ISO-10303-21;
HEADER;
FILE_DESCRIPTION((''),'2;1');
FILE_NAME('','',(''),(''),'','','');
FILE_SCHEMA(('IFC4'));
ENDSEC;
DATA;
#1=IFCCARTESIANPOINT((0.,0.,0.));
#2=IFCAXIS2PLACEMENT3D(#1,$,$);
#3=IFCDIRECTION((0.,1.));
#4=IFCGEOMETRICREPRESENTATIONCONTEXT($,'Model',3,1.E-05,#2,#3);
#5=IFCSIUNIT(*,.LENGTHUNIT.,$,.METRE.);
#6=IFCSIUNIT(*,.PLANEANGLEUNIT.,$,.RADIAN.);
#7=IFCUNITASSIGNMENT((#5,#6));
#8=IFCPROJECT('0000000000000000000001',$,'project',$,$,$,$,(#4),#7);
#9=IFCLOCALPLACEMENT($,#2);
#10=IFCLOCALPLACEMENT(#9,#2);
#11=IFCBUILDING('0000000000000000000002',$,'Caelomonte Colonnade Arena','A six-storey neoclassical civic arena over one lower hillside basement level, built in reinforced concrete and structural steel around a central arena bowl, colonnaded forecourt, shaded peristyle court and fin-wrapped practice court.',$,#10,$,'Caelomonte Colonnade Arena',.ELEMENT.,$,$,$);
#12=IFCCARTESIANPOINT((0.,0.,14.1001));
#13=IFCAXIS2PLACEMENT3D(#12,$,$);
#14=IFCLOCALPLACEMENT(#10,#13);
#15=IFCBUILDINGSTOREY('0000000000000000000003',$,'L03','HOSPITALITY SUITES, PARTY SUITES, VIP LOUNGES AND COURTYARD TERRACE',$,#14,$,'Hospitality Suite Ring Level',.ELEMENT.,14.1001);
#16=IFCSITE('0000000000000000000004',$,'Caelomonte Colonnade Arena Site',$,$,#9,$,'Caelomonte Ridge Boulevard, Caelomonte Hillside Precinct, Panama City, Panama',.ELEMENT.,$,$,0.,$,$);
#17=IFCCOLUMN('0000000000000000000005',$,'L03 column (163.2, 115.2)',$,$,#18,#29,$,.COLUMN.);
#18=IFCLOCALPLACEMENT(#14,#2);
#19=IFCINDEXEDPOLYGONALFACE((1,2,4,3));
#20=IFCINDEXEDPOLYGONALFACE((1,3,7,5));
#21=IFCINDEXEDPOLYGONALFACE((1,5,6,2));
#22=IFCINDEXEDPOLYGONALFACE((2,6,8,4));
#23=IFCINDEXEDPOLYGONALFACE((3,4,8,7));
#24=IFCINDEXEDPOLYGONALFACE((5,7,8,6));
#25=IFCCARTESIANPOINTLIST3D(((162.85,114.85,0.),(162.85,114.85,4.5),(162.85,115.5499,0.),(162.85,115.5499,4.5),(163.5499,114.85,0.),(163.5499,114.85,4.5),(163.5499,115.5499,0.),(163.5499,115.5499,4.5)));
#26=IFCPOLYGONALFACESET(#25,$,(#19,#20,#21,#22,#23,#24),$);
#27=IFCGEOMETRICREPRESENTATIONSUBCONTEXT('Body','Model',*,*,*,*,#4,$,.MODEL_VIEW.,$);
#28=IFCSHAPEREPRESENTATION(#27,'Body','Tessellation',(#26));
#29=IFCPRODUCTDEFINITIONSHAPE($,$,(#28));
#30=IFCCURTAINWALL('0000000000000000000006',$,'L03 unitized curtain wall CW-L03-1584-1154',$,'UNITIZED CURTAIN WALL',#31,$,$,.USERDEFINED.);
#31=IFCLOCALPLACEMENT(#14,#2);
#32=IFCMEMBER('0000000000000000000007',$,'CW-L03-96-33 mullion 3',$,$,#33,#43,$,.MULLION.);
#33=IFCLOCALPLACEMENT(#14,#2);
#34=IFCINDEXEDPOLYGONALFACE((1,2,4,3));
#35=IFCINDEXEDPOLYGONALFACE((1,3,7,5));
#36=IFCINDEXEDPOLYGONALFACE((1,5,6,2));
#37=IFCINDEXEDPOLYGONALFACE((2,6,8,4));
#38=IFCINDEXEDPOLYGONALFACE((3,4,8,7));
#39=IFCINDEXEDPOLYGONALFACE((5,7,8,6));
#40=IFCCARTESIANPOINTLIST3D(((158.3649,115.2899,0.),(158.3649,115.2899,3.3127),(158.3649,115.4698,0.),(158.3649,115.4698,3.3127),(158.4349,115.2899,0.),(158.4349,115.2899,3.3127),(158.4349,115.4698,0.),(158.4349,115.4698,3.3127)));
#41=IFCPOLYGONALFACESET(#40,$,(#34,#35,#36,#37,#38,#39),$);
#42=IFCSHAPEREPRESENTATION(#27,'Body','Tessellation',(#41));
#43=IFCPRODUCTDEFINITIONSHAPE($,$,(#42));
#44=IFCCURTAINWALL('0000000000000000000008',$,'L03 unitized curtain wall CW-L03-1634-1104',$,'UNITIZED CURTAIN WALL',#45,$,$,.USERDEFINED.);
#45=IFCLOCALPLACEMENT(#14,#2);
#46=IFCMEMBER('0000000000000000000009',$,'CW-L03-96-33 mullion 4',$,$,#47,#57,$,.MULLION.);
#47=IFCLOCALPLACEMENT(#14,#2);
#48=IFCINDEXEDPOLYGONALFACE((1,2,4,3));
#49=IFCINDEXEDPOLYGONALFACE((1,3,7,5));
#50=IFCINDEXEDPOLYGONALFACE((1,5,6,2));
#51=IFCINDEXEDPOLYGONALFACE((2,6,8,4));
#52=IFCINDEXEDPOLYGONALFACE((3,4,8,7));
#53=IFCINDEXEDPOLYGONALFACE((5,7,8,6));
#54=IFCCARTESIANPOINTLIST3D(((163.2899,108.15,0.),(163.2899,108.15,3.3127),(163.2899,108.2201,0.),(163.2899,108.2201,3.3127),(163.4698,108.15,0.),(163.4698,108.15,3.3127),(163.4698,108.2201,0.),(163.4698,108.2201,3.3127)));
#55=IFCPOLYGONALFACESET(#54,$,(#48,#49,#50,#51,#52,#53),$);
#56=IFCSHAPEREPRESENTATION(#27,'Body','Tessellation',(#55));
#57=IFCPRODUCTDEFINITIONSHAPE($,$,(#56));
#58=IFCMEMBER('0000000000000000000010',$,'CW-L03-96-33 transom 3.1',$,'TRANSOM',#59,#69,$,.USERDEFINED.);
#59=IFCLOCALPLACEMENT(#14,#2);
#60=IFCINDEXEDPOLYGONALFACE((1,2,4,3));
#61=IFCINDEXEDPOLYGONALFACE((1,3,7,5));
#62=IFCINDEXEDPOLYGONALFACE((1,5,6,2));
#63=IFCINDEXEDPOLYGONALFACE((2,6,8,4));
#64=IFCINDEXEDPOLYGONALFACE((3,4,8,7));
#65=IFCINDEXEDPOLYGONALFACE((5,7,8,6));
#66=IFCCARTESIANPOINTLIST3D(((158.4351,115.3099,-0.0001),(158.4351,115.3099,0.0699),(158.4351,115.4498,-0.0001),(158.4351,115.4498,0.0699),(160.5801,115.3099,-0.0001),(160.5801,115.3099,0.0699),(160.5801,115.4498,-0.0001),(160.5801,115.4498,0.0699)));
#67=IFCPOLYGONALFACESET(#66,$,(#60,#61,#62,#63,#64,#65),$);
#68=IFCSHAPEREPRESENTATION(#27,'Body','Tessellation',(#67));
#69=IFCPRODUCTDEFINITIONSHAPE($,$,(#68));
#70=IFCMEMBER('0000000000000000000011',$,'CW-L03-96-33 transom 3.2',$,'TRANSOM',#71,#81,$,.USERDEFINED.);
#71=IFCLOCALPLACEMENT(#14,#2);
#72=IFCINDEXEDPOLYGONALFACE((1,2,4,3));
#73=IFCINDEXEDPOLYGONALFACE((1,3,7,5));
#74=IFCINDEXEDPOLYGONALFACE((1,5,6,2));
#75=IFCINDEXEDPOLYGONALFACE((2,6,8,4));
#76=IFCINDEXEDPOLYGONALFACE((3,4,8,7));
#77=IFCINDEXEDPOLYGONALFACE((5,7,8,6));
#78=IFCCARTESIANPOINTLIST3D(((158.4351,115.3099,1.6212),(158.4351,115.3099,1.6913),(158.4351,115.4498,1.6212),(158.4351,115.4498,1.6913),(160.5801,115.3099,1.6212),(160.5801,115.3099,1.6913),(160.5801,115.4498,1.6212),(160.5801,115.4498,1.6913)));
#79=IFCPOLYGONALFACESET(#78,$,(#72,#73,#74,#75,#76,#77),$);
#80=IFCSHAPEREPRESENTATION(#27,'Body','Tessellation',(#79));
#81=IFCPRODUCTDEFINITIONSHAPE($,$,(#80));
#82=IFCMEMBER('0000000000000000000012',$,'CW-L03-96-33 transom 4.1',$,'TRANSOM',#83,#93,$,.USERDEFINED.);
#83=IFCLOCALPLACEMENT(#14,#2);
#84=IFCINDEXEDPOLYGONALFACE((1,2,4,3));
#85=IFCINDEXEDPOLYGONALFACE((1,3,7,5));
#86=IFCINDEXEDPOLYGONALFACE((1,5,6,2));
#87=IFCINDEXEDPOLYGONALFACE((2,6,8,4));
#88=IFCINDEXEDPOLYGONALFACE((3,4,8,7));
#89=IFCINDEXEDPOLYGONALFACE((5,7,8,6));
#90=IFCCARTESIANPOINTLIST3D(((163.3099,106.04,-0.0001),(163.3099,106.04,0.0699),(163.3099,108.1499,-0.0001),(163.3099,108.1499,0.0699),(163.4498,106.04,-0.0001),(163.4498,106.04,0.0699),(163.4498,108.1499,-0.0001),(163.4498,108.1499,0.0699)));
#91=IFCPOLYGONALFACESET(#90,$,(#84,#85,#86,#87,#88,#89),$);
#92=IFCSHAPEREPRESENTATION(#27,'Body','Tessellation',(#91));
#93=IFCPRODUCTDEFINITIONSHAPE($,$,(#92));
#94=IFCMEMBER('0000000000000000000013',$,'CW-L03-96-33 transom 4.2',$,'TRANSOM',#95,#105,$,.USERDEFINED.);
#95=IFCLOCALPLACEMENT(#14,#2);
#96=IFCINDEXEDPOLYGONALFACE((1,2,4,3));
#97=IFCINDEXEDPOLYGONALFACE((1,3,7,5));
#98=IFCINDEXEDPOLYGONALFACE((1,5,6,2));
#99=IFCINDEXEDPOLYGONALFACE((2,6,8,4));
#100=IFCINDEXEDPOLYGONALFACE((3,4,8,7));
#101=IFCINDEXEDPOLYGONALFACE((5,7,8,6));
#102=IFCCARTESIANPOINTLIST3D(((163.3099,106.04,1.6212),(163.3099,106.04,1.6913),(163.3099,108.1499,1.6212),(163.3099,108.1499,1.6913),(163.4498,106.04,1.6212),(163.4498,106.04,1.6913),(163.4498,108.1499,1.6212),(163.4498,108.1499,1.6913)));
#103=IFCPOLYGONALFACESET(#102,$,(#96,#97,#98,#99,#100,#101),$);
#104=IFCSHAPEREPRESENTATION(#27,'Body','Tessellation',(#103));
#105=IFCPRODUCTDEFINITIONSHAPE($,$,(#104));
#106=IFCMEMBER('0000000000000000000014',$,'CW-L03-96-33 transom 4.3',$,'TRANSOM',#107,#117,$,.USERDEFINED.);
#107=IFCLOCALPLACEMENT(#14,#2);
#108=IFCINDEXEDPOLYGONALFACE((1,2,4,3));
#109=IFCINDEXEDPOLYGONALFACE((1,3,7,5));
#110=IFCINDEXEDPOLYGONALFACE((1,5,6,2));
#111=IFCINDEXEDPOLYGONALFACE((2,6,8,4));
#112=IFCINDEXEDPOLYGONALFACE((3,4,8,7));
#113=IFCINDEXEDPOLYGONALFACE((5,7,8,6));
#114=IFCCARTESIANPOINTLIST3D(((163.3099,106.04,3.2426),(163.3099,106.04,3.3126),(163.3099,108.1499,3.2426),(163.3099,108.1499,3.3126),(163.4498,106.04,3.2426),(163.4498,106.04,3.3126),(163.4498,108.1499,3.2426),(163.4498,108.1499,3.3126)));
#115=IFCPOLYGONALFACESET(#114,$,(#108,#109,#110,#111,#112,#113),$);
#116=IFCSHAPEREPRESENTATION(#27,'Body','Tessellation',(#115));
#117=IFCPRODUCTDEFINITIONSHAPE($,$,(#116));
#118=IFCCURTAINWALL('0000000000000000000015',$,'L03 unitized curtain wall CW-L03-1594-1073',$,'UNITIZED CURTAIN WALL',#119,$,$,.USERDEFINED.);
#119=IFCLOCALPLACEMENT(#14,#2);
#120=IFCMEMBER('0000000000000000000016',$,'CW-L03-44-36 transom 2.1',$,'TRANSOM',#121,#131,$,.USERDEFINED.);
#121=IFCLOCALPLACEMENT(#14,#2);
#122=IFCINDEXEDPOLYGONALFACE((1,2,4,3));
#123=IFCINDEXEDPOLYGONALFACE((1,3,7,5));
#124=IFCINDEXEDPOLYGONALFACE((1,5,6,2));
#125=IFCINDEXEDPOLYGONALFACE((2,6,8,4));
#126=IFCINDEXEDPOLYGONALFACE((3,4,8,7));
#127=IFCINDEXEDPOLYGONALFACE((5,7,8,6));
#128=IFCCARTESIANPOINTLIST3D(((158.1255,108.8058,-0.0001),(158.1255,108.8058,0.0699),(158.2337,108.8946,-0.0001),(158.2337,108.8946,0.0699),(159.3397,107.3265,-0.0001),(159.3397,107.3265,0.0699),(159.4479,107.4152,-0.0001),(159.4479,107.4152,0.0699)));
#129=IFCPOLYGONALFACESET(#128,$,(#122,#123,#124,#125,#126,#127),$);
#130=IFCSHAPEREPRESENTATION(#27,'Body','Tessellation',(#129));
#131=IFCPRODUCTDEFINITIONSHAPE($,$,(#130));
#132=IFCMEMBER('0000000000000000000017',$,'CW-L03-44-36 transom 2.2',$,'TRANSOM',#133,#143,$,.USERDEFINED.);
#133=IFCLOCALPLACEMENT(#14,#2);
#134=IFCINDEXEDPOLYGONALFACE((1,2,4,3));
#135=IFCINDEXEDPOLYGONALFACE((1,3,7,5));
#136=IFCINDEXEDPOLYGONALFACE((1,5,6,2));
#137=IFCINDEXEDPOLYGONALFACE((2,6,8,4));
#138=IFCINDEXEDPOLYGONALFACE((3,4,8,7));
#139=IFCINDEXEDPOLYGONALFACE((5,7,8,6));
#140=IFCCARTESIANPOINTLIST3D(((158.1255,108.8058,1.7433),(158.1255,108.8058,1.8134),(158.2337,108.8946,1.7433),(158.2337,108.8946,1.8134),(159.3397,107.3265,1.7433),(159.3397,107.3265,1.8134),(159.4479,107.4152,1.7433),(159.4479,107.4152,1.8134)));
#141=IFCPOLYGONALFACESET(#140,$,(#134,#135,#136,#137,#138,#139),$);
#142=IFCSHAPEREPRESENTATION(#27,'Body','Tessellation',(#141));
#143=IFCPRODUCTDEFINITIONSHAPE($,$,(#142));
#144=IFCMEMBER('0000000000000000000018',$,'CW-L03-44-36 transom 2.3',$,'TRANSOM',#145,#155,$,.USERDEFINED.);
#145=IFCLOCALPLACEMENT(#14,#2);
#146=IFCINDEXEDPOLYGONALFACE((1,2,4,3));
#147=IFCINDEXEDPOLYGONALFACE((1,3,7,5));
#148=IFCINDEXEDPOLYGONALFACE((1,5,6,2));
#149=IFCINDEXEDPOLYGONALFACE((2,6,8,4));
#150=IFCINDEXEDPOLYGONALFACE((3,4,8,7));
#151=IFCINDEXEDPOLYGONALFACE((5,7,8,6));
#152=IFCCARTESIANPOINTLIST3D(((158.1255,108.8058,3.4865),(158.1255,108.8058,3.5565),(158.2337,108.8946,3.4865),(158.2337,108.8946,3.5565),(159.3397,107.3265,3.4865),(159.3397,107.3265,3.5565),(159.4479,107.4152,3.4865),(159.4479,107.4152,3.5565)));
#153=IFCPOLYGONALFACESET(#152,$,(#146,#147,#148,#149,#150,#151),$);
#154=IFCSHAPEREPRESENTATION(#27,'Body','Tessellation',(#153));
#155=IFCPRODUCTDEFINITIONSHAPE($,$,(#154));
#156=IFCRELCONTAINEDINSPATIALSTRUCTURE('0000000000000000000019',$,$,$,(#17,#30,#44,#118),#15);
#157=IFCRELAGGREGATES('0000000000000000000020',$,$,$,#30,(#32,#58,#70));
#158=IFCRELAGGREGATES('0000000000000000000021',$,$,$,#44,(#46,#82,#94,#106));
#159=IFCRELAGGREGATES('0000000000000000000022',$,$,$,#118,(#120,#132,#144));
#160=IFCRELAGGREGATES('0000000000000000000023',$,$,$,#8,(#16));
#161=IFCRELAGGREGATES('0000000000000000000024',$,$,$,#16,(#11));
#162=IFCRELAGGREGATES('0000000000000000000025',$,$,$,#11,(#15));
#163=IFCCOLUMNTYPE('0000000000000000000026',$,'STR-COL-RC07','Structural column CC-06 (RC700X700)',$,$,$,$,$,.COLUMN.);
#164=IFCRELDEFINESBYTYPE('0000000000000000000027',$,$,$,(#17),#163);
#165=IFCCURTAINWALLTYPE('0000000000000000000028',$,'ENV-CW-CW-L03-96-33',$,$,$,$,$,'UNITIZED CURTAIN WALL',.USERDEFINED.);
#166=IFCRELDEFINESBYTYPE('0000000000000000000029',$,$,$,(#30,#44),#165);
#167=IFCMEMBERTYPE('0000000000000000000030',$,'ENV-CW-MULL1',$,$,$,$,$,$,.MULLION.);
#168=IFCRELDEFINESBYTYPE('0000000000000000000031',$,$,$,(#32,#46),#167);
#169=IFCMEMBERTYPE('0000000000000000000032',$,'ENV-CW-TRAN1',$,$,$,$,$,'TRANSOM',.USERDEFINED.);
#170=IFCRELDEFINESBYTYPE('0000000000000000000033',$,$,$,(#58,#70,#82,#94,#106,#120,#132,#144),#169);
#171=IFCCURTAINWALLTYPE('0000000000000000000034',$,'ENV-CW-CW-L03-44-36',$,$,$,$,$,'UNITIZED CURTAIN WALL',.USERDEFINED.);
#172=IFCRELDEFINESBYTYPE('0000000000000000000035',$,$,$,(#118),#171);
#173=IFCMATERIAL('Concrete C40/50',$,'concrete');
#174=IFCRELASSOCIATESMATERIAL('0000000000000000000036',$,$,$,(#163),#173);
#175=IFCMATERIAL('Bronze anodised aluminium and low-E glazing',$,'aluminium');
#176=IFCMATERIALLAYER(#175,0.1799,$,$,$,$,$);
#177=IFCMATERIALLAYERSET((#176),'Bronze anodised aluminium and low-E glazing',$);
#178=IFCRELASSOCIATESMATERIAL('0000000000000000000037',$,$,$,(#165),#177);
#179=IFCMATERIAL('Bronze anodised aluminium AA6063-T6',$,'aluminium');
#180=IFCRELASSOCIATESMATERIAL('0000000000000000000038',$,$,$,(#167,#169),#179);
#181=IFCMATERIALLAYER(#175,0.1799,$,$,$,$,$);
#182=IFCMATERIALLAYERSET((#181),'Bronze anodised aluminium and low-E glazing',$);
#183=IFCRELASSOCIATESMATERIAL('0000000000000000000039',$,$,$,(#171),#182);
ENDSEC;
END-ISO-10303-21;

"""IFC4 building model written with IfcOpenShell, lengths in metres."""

from ifc_helpers import new_model, si_unit, direction, frame, origin, origin_2d, place, context, subcontext, project, spatial, rectangle, extrude, material, layer, layer_set, material_profile, profile_set, type_object, element, aggregate, save


model = new_model("IFC4")

# Units and contexts
model_context = context("Model", 3, precision=1e-05, world=origin(), true_north=direction((0.0, 1.0)))
body_context = subcontext(model_context, "Body", "Model", "MODEL_VIEW")
ifc_project = project(units=[si_unit("LENGTHUNIT", "METRE"), si_unit("PLANEANGLEUNIT", "RADIAN")], contexts=[model_context])

# Site, building, storey
site_placement = place(None, origin())
site = spatial("IfcSite", under=ifc_project, at=site_placement, Name="Caelomonte Colonnade Arena Site", LongName="Caelomonte Ridge Boulevard, Caelomonte Hillside Precinct, Panama City, Panama", CompositionType="ELEMENT", RefElevation=0.0)
building_placement = place(site_placement, origin())
building = spatial("IfcBuilding", under=site, at=building_placement, Name="Caelomonte Colonnade Arena", Description="A six-storey neoclassical civic arena over one lower hillside basement level, built in reinforced concrete and structural steel around a central arena bowl, colonnaded forecourt, shaded peristyle court and fin-wrapped practice court.", LongName="Caelomonte Colonnade Arena", CompositionType="ELEMENT")
storey_placement = place(building_placement, frame((0.0, 0.0, 14.1001)))
storey = spatial("IfcBuildingStorey", under=building, at=storey_placement, Name="L03", Description="HOSPITALITY SUITES, PARTY SUITES, VIP LOUNGES AND COURTYARD TERRACE", LongName="Hospitality Suite Ring Level", CompositionType="ELEMENT", Elevation=14.1001)

# Column
ifc_material_1 = material(Name="Concrete C40/50", Category="concrete")
ifc_material_profile_1 = material_profile(ifc_material_1, rectangle(XDim=0.7, YDim=0.7, at=origin_2d()), Name="RC700X700")
ifc_profile_set_1 = profile_set([ifc_material_profile_1], Name="Concrete C40/50")
column_type = type_object("IfcColumnType", Name="STR-COL-RC07", Description="Structural column CC-06 (RC700X700)", PredefinedType="COLUMN", material=ifc_profile_set_1)
column_placement = place(storey_placement, frame((163.2, 115.2, 0.0), z_axis=(0.0, 0.0, 1.0), x_axis=(1.0, 0.0, 0.0)))
element("IfcColumn", 1, at=column_placement, inside=storey, type_object=column_type, Name="L03 column (163.2, 115.2)", PredefinedType="COLUMN", context=body_context, shape_type="SweptSolid", body=[
    extrude(rectangle(XDim=0.7, YDim=0.7, at=origin_2d()), origin(), (0.0, 0.0, 1.0), 4.5),
])

# Curtain walls, members
ifc_material_2 = material(Name="Bronze anodised aluminium and low-E glazing", Category="aluminium")
ifc_layer_1 = layer(ifc_material_2, 0.1799)
ifc_layer_set_1 = layer_set([ifc_layer_1], Name="Bronze anodised aluminium and low-E glazing")
curtain_wall_type_1 = type_object("IfcCurtainWallType", Name="ENV-CW-CW-L03-96-33", ElementType="UNITIZED CURTAIN WALL", PredefinedType="USERDEFINED", material=ifc_layer_set_1)
curtain_wall_1_placement = place(storey_placement, origin())
curtain_wall_1 = element("IfcCurtainWall", 2, at=curtain_wall_1_placement, inside=storey, type_object=curtain_wall_type_1, Name="L03 unitized curtain wall CW-L03-1584-1154", ObjectType="UNITIZED CURTAIN WALL", PredefinedType="USERDEFINED")
ifc_material_3 = material(Name="Bronze anodised aluminium AA6063-T6", Category="aluminium")
ifc_material_profile_2 = material_profile(ifc_material_3, rectangle(XDim=0.0701, YDim=0.1799, at=origin_2d()), Name="CWM-70X180")
ifc_profile_set_2 = profile_set([ifc_material_profile_2], Name="Bronze anodised aluminium AA6063-T6")
member_type_1 = type_object("IfcMemberType", Name="ENV-CW-MULL1", PredefinedType="MULLION", material=ifc_profile_set_2)
member_1_placement = place(storey_placement, frame((158.3999, 115.3799, 0.0), z_axis=(0.0, 0.0, 1.0), x_axis=(1.0, 0.0, 0.0)))
member_1 = element("IfcMember", 3, at=member_1_placement, type_object=member_type_1, Name="CW-L03-96-33 mullion 3", PredefinedType="MULLION", context=body_context, shape_type="SweptSolid", body=[
    extrude(rectangle(XDim=0.0701, YDim=0.1799, at=origin_2d()), origin(), (0.0, 0.0, 1.0), 3.3127),
])
curtain_wall_2_placement = place(storey_placement, origin())
curtain_wall_2 = element("IfcCurtainWall", 4, at=curtain_wall_2_placement, inside=storey, type_object=curtain_wall_type_1, Name="L03 unitized curtain wall CW-L03-1634-1104", ObjectType="UNITIZED CURTAIN WALL", PredefinedType="USERDEFINED")
member_2_placement = place(storey_placement, frame((163.3799, 108.1851, 0.0), z_axis=(0.0, 0.0, 1.0), x_axis=(0.0, -1.0, 0.0)))
member_2 = element("IfcMember", 5, at=member_2_placement, type_object=member_type_1, Name="CW-L03-96-33 mullion 4", PredefinedType="MULLION", context=body_context, shape_type="SweptSolid", body=[
    extrude(rectangle(XDim=0.0701, YDim=0.1799, at=origin_2d()), origin(), (0.0, 0.0, 1.0), 3.3127),
])

# Members
ifc_material_profile_3 = material_profile(ifc_material_3, rectangle(XDim=0.0701, YDim=0.1399, at=origin_2d()), Name="CWT-70X140")
ifc_profile_set_3 = profile_set([ifc_material_profile_3], Name="Bronze anodised aluminium AA6063-T6")
member_type_2 = type_object("IfcMemberType", Name="ENV-CW-TRAN1", ElementType="TRANSOM", PredefinedType="USERDEFINED", material=ifc_profile_set_3)
member_3_placement = place(storey_placement, frame((158.4351, 115.3799, 0.0349), z_axis=(1.0, 0.0, 0.0), x_axis=(0.0, 0.0, 1.0)))
member_3 = element("IfcMember", 6, at=member_3_placement, type_object=member_type_2, Name="CW-L03-96-33 transom 3.1", ObjectType="TRANSOM", PredefinedType="USERDEFINED", context=body_context, shape_type="SweptSolid", body=[
    extrude(rectangle(XDim=0.0701, YDim=0.1399, at=origin_2d()), origin(), (0.0, 0.0, 1.0), 2.145),
])
member_4_placement = place(storey_placement, frame((158.4351, 115.3799, 1.6562), z_axis=(1.0, 0.0, 0.0), x_axis=(0.0, 0.0, 1.0)))
member_4 = element("IfcMember", 7, at=member_4_placement, type_object=member_type_2, Name="CW-L03-96-33 transom 3.2", ObjectType="TRANSOM", PredefinedType="USERDEFINED", context=body_context, shape_type="SweptSolid", body=[
    extrude(rectangle(XDim=0.0701, YDim=0.1399, at=origin_2d()), origin(), (0.0, 0.0, 1.0), 2.145),
])
aggregate(curtain_wall_1, [member_1, member_3, member_4])
member_5_placement = place(storey_placement, frame((163.3799, 108.1499, 0.0349), z_axis=(0.0, -1.0, 0.0), x_axis=(0.0, 0.0, 1.0)))
member_5 = element("IfcMember", 8, at=member_5_placement, type_object=member_type_2, Name="CW-L03-96-33 transom 4.1", ObjectType="TRANSOM", PredefinedType="USERDEFINED", context=body_context, shape_type="SweptSolid", body=[
    extrude(rectangle(XDim=0.0701, YDim=0.1399, at=origin_2d()), origin(), (0.0, 0.0, 1.0), 2.1099),
])
member_6_placement = place(storey_placement, frame((163.3799, 108.1499, 1.6562), z_axis=(0.0, -1.0, 0.0), x_axis=(0.0, 0.0, 1.0)))
member_6 = element("IfcMember", 9, at=member_6_placement, type_object=member_type_2, Name="CW-L03-96-33 transom 4.2", ObjectType="TRANSOM", PredefinedType="USERDEFINED", context=body_context, shape_type="SweptSolid", body=[
    extrude(rectangle(XDim=0.0701, YDim=0.1399, at=origin_2d()), origin(), (0.0, 0.0, 1.0), 2.1099),
])
member_7_placement = place(storey_placement, frame((163.3799, 108.1499, 3.2776), z_axis=(0.0, -1.0, 0.0), x_axis=(0.0, 0.0, 1.0)))
member_7 = element("IfcMember", 10, at=member_7_placement, type_object=member_type_2, Name="CW-L03-96-33 transom 4.3", ObjectType="TRANSOM", PredefinedType="USERDEFINED", context=body_context, shape_type="SweptSolid", body=[
    extrude(rectangle(XDim=0.0701, YDim=0.1399, at=origin_2d()), origin(), (0.0, 0.0, 1.0), 2.1099),
])
aggregate(curtain_wall_2, [member_2, member_5, member_6, member_7])

# Curtain wall, members
ifc_layer_2 = layer(ifc_material_2, 0.1799)
ifc_layer_set_2 = layer_set([ifc_layer_2], Name="Bronze anodised aluminium and low-E glazing")
curtain_wall_type_2 = type_object("IfcCurtainWallType", Name="ENV-CW-CW-L03-44-36", ElementType="UNITIZED CURTAIN WALL", PredefinedType="USERDEFINED", material=ifc_layer_set_2)
curtain_wall_3_placement = place(storey_placement, origin())
curtain_wall_3 = element("IfcCurtainWall", 11, at=curtain_wall_3_placement, inside=storey, type_object=curtain_wall_type_2, Name="L03 unitized curtain wall CW-L03-1594-1073", ObjectType="UNITIZED CURTAIN WALL", PredefinedType="USERDEFINED")
member_8_placement = place(storey_placement, frame((159.3938, 107.3708, 0.0349), z_axis=(-0.634432, 0.772979, 0.0), x_axis=(0.0, 0.0, 1.0)))
member_8 = element("IfcMember", 12, at=member_8_placement, type_object=member_type_2, Name="CW-L03-44-36 transom 2.1", ObjectType="TRANSOM", PredefinedType="USERDEFINED", context=body_context, shape_type="SweptSolid", body=[
    extrude(rectangle(XDim=0.0701, YDim=0.1399, at=origin_2d()), origin(), (0.0, 0.0, 1.0), 1.9138),
])
member_9_placement = place(storey_placement, frame((159.3938, 107.3708, 1.7783), z_axis=(-0.634432, 0.772979, 0.0), x_axis=(0.0, 0.0, 1.0)))
member_9 = element("IfcMember", 13, at=member_9_placement, type_object=member_type_2, Name="CW-L03-44-36 transom 2.2", ObjectType="TRANSOM", PredefinedType="USERDEFINED", context=body_context, shape_type="SweptSolid", body=[
    extrude(rectangle(XDim=0.0701, YDim=0.1399, at=origin_2d()), origin(), (0.0, 0.0, 1.0), 1.9138),
])
member_10_placement = place(storey_placement, frame((159.3938, 107.3708, 3.5215), z_axis=(-0.634432, 0.772979, 0.0), x_axis=(0.0, 0.0, 1.0)))
member_10 = element("IfcMember", 14, at=member_10_placement, type_object=member_type_2, Name="CW-L03-44-36 transom 2.3", ObjectType="TRANSOM", PredefinedType="USERDEFINED", context=body_context, shape_type="SweptSolid", body=[
    extrude(rectangle(XDim=0.0701, YDim=0.1399, at=origin_2d()), origin(), (0.0, 0.0, 1.0), 1.9138),
])

aggregate(curtain_wall_3, [member_8, member_9, member_10])

save(model, "model.ifc")
